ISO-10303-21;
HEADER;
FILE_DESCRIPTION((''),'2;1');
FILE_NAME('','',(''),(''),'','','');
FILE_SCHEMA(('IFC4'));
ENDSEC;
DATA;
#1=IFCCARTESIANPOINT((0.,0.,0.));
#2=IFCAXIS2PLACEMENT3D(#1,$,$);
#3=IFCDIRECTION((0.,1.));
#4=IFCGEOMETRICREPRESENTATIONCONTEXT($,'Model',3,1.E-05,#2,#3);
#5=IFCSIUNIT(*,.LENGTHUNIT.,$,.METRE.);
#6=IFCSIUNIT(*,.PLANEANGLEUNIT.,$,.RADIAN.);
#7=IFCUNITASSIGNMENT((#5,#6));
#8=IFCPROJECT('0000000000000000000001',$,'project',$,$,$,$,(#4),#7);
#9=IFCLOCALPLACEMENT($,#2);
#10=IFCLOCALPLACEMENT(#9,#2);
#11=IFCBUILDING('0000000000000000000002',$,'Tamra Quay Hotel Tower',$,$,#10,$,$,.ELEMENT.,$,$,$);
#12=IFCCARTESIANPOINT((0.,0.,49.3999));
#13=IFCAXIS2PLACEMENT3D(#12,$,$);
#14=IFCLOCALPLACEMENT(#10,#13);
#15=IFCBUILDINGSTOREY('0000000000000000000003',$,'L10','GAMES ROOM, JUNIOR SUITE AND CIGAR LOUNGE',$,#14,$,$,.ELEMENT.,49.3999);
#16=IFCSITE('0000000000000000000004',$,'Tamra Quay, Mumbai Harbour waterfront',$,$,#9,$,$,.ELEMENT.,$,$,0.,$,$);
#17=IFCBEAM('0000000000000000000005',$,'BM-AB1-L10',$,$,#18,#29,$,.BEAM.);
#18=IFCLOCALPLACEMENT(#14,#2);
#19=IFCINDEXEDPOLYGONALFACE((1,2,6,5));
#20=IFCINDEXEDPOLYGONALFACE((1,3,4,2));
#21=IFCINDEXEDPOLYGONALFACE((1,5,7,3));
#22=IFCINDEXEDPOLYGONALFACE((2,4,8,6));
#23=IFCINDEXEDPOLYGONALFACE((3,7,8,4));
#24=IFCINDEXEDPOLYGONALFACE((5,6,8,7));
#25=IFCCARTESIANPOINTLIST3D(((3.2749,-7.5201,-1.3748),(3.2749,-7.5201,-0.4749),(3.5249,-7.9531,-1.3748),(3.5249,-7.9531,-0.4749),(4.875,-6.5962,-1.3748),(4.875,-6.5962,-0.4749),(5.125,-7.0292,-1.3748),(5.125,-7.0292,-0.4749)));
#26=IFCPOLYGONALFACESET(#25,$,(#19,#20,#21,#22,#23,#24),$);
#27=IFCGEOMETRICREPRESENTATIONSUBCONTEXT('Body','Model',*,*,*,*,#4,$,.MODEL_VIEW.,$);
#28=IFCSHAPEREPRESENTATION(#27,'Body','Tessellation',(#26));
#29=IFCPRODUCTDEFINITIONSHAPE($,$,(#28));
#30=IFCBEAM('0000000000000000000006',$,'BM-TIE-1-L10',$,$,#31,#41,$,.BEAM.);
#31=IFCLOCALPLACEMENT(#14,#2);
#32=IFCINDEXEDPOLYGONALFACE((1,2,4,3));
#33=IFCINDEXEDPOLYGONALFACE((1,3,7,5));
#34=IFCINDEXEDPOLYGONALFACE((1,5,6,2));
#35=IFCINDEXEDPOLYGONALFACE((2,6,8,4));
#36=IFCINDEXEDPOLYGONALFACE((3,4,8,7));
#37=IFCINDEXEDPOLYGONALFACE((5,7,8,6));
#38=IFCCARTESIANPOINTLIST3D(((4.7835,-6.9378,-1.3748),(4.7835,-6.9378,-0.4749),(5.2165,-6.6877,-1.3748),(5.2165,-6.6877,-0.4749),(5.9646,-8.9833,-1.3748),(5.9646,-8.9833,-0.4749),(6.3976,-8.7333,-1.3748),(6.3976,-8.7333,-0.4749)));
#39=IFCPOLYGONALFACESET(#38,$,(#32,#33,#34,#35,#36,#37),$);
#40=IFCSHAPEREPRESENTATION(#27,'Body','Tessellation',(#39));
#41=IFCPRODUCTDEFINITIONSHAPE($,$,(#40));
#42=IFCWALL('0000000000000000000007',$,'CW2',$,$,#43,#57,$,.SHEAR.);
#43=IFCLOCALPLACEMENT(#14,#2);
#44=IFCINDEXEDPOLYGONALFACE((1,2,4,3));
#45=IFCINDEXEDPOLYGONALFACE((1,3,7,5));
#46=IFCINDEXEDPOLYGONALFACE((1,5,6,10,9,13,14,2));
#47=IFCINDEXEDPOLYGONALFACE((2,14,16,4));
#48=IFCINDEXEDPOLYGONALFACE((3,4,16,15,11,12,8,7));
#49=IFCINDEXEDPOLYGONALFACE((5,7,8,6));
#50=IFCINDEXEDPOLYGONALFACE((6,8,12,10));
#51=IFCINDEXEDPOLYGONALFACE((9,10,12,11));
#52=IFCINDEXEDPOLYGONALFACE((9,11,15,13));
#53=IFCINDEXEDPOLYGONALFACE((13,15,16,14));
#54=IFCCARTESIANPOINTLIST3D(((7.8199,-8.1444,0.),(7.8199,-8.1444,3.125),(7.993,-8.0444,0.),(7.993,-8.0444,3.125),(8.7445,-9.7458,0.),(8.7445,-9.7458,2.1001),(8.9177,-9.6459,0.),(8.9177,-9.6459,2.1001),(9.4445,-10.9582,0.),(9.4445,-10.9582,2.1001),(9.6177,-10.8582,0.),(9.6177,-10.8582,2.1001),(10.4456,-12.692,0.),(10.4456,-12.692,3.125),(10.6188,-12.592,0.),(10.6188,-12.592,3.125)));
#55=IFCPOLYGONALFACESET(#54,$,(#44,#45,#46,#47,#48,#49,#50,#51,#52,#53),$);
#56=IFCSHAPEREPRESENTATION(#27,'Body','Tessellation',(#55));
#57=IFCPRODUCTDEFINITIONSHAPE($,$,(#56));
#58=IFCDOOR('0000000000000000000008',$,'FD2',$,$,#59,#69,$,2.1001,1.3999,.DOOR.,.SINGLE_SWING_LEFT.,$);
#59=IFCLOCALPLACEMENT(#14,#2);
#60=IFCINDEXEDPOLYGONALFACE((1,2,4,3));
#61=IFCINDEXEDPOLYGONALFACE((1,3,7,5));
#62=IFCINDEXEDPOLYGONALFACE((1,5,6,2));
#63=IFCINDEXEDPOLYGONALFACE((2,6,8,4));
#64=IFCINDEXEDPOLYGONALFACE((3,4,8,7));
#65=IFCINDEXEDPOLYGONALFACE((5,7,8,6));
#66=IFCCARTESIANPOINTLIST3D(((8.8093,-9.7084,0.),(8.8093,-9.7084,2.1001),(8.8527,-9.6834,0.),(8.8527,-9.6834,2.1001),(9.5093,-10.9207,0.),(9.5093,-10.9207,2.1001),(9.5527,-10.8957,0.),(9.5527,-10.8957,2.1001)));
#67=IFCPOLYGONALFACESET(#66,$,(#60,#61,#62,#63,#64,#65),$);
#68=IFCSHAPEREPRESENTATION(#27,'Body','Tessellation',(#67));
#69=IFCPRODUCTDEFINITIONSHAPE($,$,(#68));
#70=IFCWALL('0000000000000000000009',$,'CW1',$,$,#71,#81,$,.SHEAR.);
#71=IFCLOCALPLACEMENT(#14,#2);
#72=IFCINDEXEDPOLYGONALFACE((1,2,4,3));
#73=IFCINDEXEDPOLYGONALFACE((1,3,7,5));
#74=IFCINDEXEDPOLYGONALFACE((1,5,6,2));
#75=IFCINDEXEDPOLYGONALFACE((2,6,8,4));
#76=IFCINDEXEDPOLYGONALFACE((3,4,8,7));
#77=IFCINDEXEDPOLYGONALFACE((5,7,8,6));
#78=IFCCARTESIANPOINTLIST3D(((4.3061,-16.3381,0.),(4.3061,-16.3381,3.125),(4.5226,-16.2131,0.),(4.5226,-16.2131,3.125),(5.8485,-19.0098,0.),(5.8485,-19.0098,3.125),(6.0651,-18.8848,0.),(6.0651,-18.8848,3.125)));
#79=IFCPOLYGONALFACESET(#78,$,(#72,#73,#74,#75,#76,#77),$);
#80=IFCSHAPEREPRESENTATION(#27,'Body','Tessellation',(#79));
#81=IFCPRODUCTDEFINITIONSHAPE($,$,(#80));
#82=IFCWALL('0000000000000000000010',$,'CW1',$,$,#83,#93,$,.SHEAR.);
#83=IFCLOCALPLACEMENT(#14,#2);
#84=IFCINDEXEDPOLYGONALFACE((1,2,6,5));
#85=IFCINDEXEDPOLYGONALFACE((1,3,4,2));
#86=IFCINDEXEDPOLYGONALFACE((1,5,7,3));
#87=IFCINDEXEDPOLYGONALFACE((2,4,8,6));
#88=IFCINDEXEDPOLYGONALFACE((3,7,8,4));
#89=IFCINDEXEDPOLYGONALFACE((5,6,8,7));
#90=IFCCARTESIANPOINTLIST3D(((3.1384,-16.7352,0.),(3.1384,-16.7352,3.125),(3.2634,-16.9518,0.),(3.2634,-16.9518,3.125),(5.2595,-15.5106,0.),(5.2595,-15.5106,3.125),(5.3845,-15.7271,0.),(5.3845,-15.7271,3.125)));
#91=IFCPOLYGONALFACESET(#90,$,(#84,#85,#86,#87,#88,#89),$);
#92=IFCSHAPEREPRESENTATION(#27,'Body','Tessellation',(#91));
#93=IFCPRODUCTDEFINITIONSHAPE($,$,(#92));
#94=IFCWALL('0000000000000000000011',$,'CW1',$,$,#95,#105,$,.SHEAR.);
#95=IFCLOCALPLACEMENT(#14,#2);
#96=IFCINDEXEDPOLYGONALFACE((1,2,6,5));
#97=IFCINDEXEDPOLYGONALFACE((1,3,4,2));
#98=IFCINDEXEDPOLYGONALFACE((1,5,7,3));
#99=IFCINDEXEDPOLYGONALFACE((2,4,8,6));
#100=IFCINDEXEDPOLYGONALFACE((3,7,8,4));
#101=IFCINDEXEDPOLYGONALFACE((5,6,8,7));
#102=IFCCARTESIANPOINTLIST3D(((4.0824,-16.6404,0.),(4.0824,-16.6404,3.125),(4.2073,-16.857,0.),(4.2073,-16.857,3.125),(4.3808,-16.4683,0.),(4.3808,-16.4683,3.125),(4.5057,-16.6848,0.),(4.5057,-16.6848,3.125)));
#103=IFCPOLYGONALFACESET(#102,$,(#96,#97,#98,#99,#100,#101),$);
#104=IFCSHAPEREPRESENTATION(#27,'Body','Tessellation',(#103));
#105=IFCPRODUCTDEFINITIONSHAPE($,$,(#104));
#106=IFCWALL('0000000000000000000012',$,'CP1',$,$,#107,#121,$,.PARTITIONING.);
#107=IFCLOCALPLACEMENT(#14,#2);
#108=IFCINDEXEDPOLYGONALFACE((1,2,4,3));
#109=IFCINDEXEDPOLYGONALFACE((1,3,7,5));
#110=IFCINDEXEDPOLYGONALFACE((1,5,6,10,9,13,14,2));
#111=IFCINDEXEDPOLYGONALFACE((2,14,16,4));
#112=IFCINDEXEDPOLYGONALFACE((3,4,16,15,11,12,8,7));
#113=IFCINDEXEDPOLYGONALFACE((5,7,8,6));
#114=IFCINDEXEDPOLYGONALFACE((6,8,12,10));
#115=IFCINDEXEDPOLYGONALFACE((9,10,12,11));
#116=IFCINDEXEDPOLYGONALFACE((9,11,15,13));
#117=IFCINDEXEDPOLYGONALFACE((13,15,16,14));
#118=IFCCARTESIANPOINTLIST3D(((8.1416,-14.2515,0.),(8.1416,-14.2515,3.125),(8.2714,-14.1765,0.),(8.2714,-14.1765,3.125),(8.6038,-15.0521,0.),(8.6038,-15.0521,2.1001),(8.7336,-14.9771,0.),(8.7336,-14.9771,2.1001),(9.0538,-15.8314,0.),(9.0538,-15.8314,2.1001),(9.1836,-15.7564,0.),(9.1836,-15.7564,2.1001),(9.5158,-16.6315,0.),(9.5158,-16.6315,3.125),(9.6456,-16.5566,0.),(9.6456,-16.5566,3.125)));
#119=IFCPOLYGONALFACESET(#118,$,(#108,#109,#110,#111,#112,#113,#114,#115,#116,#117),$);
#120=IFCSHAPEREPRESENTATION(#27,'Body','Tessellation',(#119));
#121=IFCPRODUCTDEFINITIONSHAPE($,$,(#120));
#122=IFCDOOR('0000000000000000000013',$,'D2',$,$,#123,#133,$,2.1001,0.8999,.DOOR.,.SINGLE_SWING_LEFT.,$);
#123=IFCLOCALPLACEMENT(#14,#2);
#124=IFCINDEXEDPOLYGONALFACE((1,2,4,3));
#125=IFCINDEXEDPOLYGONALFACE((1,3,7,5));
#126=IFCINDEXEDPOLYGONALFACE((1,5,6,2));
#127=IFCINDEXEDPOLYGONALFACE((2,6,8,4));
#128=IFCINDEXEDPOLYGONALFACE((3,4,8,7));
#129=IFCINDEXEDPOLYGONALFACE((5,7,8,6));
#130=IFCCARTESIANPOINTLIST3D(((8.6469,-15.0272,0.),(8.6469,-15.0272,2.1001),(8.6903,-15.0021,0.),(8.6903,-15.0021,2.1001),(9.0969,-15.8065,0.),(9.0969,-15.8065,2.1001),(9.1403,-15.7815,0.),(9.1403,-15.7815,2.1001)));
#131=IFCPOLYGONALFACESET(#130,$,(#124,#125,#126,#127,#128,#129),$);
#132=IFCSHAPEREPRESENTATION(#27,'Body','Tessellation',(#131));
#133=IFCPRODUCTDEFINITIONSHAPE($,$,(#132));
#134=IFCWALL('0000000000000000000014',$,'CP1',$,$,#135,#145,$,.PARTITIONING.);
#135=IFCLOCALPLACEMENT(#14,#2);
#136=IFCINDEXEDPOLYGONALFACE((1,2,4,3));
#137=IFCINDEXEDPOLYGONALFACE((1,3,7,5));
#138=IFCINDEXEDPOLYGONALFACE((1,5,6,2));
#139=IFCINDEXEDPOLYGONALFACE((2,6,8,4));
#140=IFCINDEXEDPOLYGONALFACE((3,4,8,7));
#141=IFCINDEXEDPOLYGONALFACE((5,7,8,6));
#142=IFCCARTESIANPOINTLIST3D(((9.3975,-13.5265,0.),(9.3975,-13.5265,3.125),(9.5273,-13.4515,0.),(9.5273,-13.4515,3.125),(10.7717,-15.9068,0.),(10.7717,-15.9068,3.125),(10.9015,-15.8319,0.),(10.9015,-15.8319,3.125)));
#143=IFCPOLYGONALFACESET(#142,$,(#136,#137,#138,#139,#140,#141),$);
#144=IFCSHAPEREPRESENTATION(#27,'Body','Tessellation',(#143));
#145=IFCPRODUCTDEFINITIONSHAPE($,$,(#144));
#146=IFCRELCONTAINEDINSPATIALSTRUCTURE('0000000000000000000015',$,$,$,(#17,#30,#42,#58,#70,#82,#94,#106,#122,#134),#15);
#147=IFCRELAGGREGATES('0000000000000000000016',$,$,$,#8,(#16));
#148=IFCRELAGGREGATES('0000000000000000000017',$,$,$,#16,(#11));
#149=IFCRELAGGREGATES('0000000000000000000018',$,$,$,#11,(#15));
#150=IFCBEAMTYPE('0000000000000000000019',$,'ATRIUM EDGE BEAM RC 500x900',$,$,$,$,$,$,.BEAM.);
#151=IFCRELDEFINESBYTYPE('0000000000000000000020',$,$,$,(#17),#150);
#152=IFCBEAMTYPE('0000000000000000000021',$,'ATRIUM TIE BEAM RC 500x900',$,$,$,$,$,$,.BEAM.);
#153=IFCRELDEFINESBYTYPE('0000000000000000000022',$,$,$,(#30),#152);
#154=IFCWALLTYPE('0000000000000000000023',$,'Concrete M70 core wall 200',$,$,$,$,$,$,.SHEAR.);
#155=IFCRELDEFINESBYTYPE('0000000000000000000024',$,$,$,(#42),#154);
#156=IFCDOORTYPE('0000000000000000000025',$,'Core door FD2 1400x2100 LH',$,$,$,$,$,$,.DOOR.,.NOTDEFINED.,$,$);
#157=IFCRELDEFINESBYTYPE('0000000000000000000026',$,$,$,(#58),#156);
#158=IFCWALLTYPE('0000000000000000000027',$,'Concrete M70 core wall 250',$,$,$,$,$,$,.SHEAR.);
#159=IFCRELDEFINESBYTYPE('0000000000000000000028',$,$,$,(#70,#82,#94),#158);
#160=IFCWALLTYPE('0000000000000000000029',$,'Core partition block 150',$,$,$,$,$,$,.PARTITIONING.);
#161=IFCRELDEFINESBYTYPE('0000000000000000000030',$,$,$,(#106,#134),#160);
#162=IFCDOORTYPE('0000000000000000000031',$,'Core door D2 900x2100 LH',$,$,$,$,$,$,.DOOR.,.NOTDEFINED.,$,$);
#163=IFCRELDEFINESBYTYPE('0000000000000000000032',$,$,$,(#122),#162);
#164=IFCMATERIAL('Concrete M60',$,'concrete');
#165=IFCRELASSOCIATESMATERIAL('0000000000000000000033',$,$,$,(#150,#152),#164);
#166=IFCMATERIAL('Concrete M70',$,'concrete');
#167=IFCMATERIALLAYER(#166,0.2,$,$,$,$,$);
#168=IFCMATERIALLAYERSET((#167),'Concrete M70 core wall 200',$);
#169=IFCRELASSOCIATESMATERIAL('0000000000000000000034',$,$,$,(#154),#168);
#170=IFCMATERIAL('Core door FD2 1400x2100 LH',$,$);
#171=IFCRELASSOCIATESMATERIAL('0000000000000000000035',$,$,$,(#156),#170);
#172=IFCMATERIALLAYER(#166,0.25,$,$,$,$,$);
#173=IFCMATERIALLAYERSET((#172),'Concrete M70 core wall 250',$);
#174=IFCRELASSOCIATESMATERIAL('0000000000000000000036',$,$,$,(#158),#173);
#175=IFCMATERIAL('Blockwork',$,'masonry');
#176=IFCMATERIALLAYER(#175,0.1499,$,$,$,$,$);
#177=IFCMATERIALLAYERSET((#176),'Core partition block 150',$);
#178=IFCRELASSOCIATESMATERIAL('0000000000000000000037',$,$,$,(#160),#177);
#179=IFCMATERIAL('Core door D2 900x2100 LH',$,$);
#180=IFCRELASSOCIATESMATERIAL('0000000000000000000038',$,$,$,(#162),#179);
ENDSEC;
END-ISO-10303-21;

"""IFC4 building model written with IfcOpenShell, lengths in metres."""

from ifc_helpers import new_model, si_unit, direction, frame, frame_2d, origin, origin_2d, place, context, subcontext, project, spatial, rectangle, extrude, material, layer, layer_set, material_profile, profile_set, type_object, element, fill, save


model = new_model("IFC4")

# Units and contexts
model_context = context("Model", 3, precision=1e-05, world=origin(), true_north=direction((0.0, 1.0)))
body_context = subcontext(model_context, "Body", "Model", "MODEL_VIEW")
ifc_project = project(units=[si_unit("LENGTHUNIT", "METRE"), si_unit("PLANEANGLEUNIT", "RADIAN")], contexts=[model_context])

# Site, building, storey
site_placement = place(None, origin())
site = spatial("IfcSite", under=ifc_project, at=site_placement, Name="Tamra Quay, Mumbai Harbour waterfront", CompositionType="ELEMENT", RefElevation=0.0)
building_placement = place(site_placement, origin())
building = spatial("IfcBuilding", under=site, at=building_placement, Name="Tamra Quay Hotel Tower", CompositionType="ELEMENT")
storey_placement = place(building_placement, frame((0.0, 0.0, 49.3999)))
storey = spatial("IfcBuildingStorey", under=building, at=storey_placement, Name="L10", Description="GAMES ROOM, JUNIOR SUITE AND CIGAR LOUNGE", CompositionType="ELEMENT", Elevation=49.3999)

# Beams
ifc_material_1 = material(Name="Concrete M60", Category="concrete")
ifc_material_profile_1 = material_profile(ifc_material_1, rectangle(XDim=0.5, YDim=0.8999, at=origin_2d()), Name="ATRIUM EDGE BEAM RC 500x900")
ifc_profile_set_1 = profile_set([ifc_material_profile_1], Name="Concrete M60")
beam_type_1 = type_object("IfcBeamType", Name="ATRIUM EDGE BEAM RC 500x900", PredefinedType="BEAM", material=ifc_profile_set_1)
beam_1_placement = place(storey_placement, frame((5.0, -6.8127, -0.9248), z_axis=(-0.866023, -0.500005, 0.0), x_axis=(0.500005, -0.866023, 0.0)))
element("IfcBeam", 1, at=beam_1_placement, inside=storey, type_object=beam_type_1, Name="BM-AB1-L10", PredefinedType="BEAM", context=body_context, shape_type="SweptSolid", body=[
    extrude(rectangle(XDim=0.5, YDim=0.8999, at=origin_2d()), origin(), (0.0, 0.0, 1.0), 1.8477),
])
ifc_material_profile_2 = material_profile(ifc_material_1, rectangle(XDim=0.5, YDim=0.8999, at=origin_2d()), Name="ATRIUM TIE BEAM RC 500x900")
ifc_profile_set_2 = profile_set([ifc_material_profile_2], Name="Concrete M60")
beam_type_2 = type_object("IfcBeamType", Name="ATRIUM TIE BEAM RC 500x900", PredefinedType="BEAM", material=ifc_profile_set_2)
beam_2_placement = place(storey_placement, frame((5.0, -6.8127, -0.9248), z_axis=(0.50003, -0.866008, 0.0), x_axis=(0.866008, 0.50003, 0.0)))
element("IfcBeam", 2, at=beam_2_placement, inside=storey, type_object=beam_type_2, Name="BM-TIE-1-L10", PredefinedType="BEAM", context=body_context, shape_type="SweptSolid", body=[
    extrude(rectangle(XDim=0.5, YDim=0.8999, at=origin_2d()), origin(), (0.0, 0.0, 1.0), 2.3621),
])

# Wall, opening, door
ifc_material_2 = material(Name="Concrete M70", Category="concrete")
ifc_layer_1 = layer(ifc_material_2, 0.2)
ifc_layer_set_1 = layer_set([ifc_layer_1], Name="Concrete M70 core wall 200")
wall_type_1 = type_object("IfcWallType", Name="Concrete M70 core wall 200", PredefinedType="SHEAR", material=ifc_layer_set_1)
wall_1_placement = place(storey_placement, frame((7.9065, -8.0945, 0.0), z_axis=(0.0, 0.0, 1.0), x_axis=(0.500024, -0.866011, 0.0)))
wall_1 = element("IfcWall", 3, at=wall_1_placement, inside=storey, type_object=wall_type_1, Name="CW2", PredefinedType="SHEAR", context=body_context, shape_type="SweptSolid", body=[
    extrude(rectangle(XDim=5.2512, YDim=0.2, at=frame_2d((2.6255, 0.0))), origin(), (0.0, 0.0, 1.0), 3.125),
])
opening_1_placement = place(wall_1_placement, frame((1.8491, 0.0, 0.0)))
opening_1 = element("IfcOpeningElement", 4, at=opening_1_placement, cuts=wall_1, PredefinedType="OPENING", context=body_context, shape_type="SweptSolid", body=[
    extrude(rectangle(XDim=1.3999, YDim=2.1001, at=frame_2d((0.7, 1.05))), frame((0.0, 0.1099, 0.0), z_axis=(0.0, -1.0, 0.0), x_axis=(1.0, 0.0, 0.0)), (0.0, 0.0, 1.0), 0.22),
])
ifc_material_3 = material(Name="Core door FD2 1400x2100 LH")
door_type_1 = type_object("IfcDoorType", Name="Core door FD2 1400x2100 LH", OperationType="NOTDEFINED", PredefinedType="DOOR", material=ifc_material_3)
door_1_placement = place(opening_1_placement, origin())
door_1 = element("IfcDoor", 5, at=door_1_placement, inside=storey, type_object=door_type_1, Name="FD2", OperationType="SINGLE_SWING_LEFT", OverallHeight=2.1001, OverallWidth=1.3999, PredefinedType="DOOR", context=body_context, shape_type="SweptSolid", body=[
    extrude(rectangle(XDim=1.3999, YDim=2.1001, at=frame_2d((0.7, 1.05))), frame((0.0, 0.0249, 0.0), z_axis=(0.0, -1.0, 0.0), x_axis=(1.0, 0.0, 0.0)), (0.0, 0.0, 1.0), 0.05),
])
fill(opening_1, door_1)

# Walls
ifc_layer_2 = layer(ifc_material_2, 0.25)
ifc_layer_set_2 = layer_set([ifc_layer_2], Name="Concrete M70 core wall 250")
wall_type_2 = type_object("IfcWallType", Name="Concrete M70 core wall 250", PredefinedType="SHEAR", material=ifc_layer_set_2)
wall_2_placement = place(storey_placement, frame((4.4143, -16.2756, 0.0), z_axis=(0.0, 0.0, 1.0), x_axis=(0.500003, -0.866023, 0.0)))
element("IfcWall", 6, at=wall_2_placement, inside=storey, type_object=wall_type_2, Name="CW1", PredefinedType="SHEAR", context=body_context, shape_type="SweptSolid", body=[
    extrude(rectangle(XDim=3.085, YDim=0.25, at=frame_2d((1.5425, 0.0))), origin(), (0.0, 0.0, 1.0), 3.125),
])
wall_3_placement = place(storey_placement, frame((5.322, -15.6189, 0.0), z_axis=(0.0, 0.0, 1.0), x_axis=(-0.866026, -0.499999, 0.0)))
element("IfcWall", 7, at=wall_3_placement, inside=storey, type_object=wall_type_2, Name="CW1", PredefinedType="SHEAR", context=body_context, shape_type="SweptSolid", body=[
    extrude(rectangle(XDim=2.4492, YDim=0.25, at=frame_2d((1.2246, 0.0))), origin(), (0.0, 0.0, 1.0), 3.125),
])
wall_4_placement = place(storey_placement, frame((4.1448, -16.7488, 0.0), z_axis=(0.0, 0.0, 1.0), x_axis=(0.866186, 0.499722, 0.0)))
element("IfcWall", 8, at=wall_4_placement, inside=storey, type_object=wall_type_2, Name="CW1", PredefinedType="SHEAR", context=body_context, shape_type="SweptSolid", body=[
    extrude(rectangle(XDim=0.3445, YDim=0.25, at=frame_2d((0.1724, 0.0))), origin(), (0.0, 0.0, 1.0), 3.125),
])

# Wall, opening, door
ifc_material_4 = material(Name="Blockwork", Category="masonry")
ifc_layer_3 = layer(ifc_material_4, 0.1499)
ifc_layer_set_3 = layer_set([ifc_layer_3], Name="Core partition block 150")
wall_type_3 = type_object("IfcWallType", Name="Core partition block 150", PredefinedType="PARTITIONING", material=ifc_layer_set_3)
wall_5_placement = place(storey_placement, frame((8.2065, -14.2141, 0.0), z_axis=(0.0, 0.0, 1.0), x_axis=(0.500027, -0.86601, 0.0)))
wall_5 = element("IfcWall", 9, at=wall_5_placement, inside=storey, type_object=wall_type_3, Name="CP1", PredefinedType="PARTITIONING", context=body_context, shape_type="SweptSolid", body=[
    extrude(rectangle(XDim=2.7483, YDim=0.1499, at=frame_2d((1.374, 0.0))), origin(), (0.0, 0.0, 1.0), 3.125),
])
opening_2_placement = place(wall_5_placement, frame((0.9243, 0.0, 0.0)))
opening_2 = element("IfcOpeningElement", 10, at=opening_2_placement, cuts=wall_5, PredefinedType="OPENING", context=body_context, shape_type="SweptSolid", body=[
    extrude(rectangle(XDim=0.8999, YDim=2.1001, at=frame_2d((0.45, 1.05))), frame((0.0, 0.085, 0.0), z_axis=(0.0, -1.0, 0.0), x_axis=(1.0, 0.0, 0.0)), (0.0, 0.0, 1.0), 0.1699),
])
ifc_material_5 = material(Name="Core door D2 900x2100 LH")
door_type_2 = type_object("IfcDoorType", Name="Core door D2 900x2100 LH", OperationType="NOTDEFINED", PredefinedType="DOOR", material=ifc_material_5)
door_2_placement = place(opening_2_placement, origin())
door_2 = element("IfcDoor", 11, at=door_2_placement, inside=storey, type_object=door_type_2, Name="D2", OperationType="SINGLE_SWING_LEFT", OverallHeight=2.1001, OverallWidth=0.8999, PredefinedType="DOOR", context=body_context, shape_type="SweptSolid", body=[
    extrude(rectangle(XDim=0.8999, YDim=2.1001, at=frame_2d((0.45, 1.05))), frame((0.0, 0.0249, 0.0), z_axis=(0.0, -1.0, 0.0), x_axis=(1.0, 0.0, 0.0)), (0.0, 0.0, 1.0), 0.05),
])
fill(opening_2, door_2)

# Wall
wall_6_placement = place(storey_placement, frame((9.4624, -13.489, 0.0), z_axis=(0.0, 0.0, 1.0), x_axis=(0.499989, -0.866032, 0.0)))
element("IfcWall", 12, at=wall_6_placement, inside=storey, type_object=wall_type_3, Name="CP1", PredefinedType="PARTITIONING", context=body_context, shape_type="SweptSolid", body=[
    extrude(rectangle(XDim=2.7485, YDim=0.1499, at=frame_2d((1.3743, 0.0))), origin(), (0.0, 0.0, 1.0), 3.125),
])

save(model, "model.ifc")
